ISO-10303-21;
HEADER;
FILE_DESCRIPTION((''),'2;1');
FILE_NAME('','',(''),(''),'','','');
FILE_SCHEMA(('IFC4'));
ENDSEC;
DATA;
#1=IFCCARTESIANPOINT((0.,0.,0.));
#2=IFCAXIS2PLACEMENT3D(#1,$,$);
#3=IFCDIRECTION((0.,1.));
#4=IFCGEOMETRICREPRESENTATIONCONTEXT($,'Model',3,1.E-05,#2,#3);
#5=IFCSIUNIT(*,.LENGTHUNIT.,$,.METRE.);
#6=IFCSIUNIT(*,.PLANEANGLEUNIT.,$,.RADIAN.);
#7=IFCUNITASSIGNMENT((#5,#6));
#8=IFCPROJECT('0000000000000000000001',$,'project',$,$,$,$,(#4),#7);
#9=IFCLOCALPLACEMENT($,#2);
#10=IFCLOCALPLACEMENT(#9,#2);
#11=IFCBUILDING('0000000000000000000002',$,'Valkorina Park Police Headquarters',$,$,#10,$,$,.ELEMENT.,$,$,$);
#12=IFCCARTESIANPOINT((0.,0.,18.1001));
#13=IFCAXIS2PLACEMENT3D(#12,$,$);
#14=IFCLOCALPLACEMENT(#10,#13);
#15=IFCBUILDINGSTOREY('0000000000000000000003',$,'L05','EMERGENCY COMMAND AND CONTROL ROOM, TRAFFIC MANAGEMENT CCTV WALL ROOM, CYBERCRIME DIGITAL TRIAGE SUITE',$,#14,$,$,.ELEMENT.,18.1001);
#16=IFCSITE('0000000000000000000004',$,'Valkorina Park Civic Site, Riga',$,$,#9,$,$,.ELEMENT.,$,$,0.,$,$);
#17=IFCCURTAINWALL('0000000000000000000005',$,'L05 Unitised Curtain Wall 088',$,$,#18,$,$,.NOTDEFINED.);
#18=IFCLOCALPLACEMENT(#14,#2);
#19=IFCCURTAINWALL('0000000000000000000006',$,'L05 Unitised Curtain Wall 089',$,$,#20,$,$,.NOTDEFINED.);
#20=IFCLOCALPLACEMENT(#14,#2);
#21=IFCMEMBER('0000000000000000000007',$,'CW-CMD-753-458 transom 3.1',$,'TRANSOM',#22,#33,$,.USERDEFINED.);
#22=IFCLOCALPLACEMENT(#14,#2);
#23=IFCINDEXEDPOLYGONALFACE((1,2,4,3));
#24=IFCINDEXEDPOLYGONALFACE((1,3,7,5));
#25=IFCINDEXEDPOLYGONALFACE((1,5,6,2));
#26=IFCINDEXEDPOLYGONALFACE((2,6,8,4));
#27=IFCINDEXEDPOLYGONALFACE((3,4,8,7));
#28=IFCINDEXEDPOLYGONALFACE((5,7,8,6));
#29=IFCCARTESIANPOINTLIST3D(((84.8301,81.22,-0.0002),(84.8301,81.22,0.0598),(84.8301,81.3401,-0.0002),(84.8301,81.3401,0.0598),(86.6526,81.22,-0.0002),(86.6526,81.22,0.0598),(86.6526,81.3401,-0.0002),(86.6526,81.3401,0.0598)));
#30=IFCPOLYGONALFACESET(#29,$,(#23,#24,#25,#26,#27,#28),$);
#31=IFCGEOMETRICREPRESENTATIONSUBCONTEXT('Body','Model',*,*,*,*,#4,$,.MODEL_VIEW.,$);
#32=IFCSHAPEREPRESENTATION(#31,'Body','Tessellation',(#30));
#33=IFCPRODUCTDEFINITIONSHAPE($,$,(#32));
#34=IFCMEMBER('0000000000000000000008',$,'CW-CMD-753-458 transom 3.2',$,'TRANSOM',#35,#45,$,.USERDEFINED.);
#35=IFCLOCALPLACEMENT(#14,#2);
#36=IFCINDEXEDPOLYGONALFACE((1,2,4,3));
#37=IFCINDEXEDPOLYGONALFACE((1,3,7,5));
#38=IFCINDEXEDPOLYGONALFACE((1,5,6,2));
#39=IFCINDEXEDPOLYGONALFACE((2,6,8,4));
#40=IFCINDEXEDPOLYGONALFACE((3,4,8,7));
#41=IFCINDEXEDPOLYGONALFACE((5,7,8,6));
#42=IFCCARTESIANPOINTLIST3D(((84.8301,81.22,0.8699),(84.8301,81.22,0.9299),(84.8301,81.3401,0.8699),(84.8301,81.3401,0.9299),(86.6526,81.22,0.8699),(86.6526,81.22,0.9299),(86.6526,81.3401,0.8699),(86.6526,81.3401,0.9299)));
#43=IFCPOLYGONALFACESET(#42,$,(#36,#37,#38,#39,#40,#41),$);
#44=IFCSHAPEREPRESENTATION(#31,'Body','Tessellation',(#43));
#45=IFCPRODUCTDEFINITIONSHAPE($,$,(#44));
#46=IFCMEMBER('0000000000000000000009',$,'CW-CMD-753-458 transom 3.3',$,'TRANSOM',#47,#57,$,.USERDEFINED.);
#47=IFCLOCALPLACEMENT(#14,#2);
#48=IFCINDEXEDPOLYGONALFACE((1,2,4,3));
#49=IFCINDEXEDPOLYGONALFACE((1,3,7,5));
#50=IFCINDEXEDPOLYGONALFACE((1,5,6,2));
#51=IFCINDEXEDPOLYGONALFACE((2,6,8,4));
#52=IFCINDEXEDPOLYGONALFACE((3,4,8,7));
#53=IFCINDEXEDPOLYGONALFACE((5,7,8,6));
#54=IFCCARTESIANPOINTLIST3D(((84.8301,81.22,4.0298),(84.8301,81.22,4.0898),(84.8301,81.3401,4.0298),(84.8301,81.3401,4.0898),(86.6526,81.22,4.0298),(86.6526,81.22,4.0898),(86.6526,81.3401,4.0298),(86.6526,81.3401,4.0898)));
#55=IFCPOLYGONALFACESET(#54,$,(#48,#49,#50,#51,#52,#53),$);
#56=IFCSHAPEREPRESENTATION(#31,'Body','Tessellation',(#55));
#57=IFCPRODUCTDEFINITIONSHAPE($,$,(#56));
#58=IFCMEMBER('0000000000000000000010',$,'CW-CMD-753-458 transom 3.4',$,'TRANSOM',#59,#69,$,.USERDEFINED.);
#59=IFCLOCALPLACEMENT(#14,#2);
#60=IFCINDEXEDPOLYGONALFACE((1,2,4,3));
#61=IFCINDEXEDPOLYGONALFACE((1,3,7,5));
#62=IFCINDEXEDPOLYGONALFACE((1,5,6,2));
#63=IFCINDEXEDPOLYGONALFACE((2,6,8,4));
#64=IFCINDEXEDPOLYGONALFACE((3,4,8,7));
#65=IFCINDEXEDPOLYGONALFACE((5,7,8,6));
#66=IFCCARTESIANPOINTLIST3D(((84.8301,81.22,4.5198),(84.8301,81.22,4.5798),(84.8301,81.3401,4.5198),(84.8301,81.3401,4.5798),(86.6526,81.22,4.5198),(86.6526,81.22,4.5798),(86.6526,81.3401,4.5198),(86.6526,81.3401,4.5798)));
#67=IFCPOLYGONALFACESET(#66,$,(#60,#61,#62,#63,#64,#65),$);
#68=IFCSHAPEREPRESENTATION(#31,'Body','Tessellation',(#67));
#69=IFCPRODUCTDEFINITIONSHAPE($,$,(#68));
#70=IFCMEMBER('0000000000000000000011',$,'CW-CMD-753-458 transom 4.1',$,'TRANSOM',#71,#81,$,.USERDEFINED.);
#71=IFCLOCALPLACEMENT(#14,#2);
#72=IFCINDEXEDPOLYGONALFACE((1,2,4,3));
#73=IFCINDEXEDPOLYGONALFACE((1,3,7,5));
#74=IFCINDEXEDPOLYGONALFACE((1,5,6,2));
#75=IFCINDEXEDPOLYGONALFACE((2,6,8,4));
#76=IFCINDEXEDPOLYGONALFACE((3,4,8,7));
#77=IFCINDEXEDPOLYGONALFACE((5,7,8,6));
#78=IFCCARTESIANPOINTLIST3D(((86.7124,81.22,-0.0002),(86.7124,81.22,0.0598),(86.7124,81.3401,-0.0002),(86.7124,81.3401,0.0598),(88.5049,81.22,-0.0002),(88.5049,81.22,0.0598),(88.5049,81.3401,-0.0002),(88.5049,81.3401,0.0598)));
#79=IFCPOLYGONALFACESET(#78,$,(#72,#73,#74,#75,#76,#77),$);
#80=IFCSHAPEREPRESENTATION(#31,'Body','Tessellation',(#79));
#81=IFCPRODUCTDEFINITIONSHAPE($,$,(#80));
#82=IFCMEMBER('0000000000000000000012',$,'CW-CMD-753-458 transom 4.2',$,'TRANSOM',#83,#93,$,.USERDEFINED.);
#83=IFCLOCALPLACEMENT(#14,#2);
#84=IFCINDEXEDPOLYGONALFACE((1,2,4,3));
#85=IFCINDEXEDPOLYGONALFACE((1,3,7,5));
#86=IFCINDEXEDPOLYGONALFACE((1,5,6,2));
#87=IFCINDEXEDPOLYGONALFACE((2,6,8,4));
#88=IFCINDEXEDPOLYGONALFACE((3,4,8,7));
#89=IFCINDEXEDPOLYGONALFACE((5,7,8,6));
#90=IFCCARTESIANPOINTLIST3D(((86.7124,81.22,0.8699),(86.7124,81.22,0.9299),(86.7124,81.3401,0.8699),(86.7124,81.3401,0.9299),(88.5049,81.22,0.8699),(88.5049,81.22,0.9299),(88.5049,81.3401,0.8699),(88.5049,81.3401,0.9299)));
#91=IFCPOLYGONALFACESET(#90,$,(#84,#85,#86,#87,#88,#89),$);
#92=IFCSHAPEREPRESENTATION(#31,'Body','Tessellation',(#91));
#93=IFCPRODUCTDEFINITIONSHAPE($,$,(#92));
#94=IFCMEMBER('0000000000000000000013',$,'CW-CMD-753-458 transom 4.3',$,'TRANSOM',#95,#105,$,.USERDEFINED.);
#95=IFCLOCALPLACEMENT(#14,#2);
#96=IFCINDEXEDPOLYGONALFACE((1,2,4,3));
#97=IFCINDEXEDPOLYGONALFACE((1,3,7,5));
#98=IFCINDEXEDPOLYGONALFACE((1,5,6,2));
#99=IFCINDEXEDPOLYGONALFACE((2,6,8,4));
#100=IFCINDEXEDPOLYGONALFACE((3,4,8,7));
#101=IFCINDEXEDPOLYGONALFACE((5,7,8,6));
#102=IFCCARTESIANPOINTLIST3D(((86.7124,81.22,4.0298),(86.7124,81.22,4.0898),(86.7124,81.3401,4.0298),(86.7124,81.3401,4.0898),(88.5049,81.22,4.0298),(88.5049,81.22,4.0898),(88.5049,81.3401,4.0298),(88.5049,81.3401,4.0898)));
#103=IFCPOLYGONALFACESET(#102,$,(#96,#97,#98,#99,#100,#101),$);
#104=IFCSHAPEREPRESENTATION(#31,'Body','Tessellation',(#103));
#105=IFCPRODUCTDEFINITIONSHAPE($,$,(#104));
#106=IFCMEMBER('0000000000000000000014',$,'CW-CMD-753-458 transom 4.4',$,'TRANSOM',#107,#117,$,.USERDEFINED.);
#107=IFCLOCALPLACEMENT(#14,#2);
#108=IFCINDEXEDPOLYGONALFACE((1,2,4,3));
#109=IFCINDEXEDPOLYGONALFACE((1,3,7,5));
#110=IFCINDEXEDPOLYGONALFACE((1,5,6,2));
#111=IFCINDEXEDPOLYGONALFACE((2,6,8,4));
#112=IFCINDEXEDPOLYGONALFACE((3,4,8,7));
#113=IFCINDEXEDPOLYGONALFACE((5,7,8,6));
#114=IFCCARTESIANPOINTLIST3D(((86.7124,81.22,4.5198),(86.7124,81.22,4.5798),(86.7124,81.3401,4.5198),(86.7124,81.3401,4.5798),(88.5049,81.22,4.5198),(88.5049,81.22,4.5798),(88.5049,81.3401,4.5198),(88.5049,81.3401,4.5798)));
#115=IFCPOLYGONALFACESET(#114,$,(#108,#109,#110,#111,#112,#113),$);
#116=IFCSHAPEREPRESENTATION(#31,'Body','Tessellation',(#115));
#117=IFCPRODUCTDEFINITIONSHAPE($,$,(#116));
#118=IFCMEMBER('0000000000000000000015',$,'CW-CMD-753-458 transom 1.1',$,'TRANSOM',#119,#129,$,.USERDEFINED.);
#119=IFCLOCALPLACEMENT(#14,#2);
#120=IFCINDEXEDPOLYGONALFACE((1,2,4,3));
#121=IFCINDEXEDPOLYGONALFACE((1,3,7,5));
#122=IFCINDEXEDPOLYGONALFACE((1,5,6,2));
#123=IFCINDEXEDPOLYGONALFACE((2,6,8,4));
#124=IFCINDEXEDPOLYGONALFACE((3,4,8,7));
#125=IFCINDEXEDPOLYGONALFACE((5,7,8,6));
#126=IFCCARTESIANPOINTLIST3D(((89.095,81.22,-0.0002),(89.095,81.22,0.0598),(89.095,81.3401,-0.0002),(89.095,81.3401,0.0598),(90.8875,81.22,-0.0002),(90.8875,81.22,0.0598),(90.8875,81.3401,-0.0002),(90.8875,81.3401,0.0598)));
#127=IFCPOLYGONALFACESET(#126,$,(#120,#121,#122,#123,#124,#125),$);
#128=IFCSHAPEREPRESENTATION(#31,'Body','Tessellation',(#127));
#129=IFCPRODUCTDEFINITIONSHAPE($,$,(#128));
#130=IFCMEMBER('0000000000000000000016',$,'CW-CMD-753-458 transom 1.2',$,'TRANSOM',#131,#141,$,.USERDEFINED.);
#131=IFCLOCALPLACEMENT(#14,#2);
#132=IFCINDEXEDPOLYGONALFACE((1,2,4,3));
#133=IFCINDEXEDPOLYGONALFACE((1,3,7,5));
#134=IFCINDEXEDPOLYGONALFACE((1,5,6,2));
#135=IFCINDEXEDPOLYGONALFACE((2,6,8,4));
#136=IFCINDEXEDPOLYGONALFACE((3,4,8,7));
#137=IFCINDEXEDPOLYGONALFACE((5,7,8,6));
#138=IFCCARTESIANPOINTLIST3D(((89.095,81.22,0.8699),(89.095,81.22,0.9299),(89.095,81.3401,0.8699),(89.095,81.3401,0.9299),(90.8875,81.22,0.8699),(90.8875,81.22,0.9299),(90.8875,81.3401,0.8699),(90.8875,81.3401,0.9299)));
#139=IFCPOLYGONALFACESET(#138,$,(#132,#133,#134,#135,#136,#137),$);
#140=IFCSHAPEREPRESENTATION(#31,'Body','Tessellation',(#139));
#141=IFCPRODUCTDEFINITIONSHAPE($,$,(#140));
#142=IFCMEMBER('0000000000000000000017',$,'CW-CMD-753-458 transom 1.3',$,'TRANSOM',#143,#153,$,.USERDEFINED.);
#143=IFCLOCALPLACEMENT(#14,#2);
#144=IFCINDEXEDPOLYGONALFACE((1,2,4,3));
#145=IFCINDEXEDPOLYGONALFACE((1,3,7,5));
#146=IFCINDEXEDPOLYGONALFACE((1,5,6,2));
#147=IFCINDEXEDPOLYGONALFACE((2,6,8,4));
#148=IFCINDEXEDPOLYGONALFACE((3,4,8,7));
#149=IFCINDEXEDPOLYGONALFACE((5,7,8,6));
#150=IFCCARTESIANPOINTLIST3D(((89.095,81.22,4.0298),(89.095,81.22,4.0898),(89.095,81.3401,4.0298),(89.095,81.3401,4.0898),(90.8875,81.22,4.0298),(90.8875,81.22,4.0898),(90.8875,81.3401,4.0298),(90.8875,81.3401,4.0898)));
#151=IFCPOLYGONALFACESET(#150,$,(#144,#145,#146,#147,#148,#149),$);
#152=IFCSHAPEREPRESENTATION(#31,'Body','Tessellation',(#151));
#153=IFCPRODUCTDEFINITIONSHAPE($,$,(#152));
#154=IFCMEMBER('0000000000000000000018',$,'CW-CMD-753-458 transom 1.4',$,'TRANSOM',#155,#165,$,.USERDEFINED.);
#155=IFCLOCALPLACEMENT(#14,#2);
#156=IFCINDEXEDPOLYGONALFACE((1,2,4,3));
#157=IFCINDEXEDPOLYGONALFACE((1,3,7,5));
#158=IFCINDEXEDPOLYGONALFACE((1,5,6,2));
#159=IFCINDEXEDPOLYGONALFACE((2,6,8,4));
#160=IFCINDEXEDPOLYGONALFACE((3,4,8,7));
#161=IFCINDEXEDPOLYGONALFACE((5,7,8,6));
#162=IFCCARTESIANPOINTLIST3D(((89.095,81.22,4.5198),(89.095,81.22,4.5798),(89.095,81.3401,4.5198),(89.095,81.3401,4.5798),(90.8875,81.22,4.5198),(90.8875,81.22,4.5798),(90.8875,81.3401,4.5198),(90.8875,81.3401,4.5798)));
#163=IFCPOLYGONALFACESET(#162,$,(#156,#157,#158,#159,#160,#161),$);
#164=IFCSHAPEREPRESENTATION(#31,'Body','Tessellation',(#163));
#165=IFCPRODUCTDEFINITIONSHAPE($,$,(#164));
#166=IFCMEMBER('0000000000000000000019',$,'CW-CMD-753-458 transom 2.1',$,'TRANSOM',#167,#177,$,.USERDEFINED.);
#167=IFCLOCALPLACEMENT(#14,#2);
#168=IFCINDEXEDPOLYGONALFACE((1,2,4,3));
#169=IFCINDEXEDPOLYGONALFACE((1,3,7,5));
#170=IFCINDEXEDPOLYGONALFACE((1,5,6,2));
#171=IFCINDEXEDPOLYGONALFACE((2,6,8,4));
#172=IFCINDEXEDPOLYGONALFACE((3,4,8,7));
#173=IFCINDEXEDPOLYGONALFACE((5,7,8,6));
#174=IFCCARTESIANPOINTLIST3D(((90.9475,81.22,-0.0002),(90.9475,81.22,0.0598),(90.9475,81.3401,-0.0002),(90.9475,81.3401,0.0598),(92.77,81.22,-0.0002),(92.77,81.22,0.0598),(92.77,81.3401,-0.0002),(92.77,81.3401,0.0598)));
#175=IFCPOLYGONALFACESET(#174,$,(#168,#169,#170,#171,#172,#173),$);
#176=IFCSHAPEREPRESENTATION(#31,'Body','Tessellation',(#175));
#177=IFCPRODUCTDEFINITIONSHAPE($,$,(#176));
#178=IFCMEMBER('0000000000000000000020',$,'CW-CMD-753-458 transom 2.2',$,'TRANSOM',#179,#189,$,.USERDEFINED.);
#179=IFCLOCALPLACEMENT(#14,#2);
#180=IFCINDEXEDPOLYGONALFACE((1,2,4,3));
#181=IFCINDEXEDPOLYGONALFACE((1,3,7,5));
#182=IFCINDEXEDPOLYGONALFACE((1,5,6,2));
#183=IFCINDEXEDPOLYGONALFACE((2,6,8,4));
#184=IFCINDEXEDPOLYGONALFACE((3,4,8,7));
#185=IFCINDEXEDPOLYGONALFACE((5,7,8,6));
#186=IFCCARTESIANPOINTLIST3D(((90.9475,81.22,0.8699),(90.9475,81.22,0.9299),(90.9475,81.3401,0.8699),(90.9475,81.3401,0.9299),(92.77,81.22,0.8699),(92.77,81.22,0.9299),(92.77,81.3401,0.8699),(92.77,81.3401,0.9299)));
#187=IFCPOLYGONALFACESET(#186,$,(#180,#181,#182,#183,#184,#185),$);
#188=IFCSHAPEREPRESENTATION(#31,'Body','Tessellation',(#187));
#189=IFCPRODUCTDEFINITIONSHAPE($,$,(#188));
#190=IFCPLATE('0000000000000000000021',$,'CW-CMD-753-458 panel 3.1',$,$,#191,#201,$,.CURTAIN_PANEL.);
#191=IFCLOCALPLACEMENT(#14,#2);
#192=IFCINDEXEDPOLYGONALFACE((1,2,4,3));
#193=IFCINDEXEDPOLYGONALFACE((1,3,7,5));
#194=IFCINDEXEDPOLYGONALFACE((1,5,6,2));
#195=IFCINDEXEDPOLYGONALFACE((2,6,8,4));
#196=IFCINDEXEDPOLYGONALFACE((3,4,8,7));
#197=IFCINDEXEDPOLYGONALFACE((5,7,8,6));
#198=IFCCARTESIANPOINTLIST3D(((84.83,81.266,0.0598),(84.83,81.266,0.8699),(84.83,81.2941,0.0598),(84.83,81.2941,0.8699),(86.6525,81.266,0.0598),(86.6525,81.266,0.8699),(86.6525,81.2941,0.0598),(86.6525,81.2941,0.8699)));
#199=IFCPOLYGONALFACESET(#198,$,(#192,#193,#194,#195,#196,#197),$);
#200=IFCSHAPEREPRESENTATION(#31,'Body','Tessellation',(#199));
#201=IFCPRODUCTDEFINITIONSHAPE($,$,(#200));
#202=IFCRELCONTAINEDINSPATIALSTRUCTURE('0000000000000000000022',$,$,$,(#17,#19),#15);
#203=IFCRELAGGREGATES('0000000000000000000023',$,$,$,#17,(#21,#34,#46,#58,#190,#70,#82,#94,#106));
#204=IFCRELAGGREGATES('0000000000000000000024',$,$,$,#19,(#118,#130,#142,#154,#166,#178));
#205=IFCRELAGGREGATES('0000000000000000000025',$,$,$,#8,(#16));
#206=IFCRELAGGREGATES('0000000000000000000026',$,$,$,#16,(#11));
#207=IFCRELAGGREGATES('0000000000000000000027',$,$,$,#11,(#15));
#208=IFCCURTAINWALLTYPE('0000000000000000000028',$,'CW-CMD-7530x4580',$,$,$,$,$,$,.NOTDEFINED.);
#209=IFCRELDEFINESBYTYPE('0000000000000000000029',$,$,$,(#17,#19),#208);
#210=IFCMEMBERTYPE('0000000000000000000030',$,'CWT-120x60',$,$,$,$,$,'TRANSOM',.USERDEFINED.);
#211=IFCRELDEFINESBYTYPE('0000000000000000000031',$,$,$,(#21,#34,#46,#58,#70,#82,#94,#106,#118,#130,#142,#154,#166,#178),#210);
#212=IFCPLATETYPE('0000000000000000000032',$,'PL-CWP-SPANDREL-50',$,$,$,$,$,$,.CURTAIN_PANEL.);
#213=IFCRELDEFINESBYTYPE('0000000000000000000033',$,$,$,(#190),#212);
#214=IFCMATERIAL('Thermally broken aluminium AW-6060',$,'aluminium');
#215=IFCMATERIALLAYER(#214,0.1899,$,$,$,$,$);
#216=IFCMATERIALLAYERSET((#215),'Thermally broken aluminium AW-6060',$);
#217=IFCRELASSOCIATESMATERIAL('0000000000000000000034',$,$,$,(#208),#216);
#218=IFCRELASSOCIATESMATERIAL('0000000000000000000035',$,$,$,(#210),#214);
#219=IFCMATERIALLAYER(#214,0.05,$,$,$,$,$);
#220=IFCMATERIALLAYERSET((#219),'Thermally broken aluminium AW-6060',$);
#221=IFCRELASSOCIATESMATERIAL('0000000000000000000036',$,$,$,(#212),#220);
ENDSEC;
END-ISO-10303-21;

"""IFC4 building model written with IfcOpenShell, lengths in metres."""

from ifc_helpers import new_model, si_unit, direction, frame, origin, origin_2d, place, context, subcontext, project, spatial, rectangle, extrude, material, layer, layer_set, material_profile, profile_set, type_object, element, aggregate, save


model = new_model("IFC4")

# Units and contexts
model_context = context("Model", 3, precision=1e-05, world=origin(), true_north=direction((0.0, 1.0)))
body_context = subcontext(model_context, "Body", "Model", "MODEL_VIEW")
ifc_project = project(units=[si_unit("LENGTHUNIT", "METRE"), si_unit("PLANEANGLEUNIT", "RADIAN")], contexts=[model_context])

# Site, building, storey
site_placement = place(None, origin())
site = spatial("IfcSite", under=ifc_project, at=site_placement, Name="Valkorina Park Civic Site, Riga", CompositionType="ELEMENT", RefElevation=0.0)
building_placement = place(site_placement, origin())
building = spatial("IfcBuilding", under=site, at=building_placement, Name="Valkorina Park Police Headquarters", CompositionType="ELEMENT")
storey_placement = place(building_placement, frame((0.0, 0.0, 18.1001)))
storey = spatial("IfcBuildingStorey", under=building, at=storey_placement, Name="L05", Description="EMERGENCY COMMAND AND CONTROL ROOM, TRAFFIC MANAGEMENT CCTV WALL ROOM, CYBERCRIME DIGITAL TRIAGE SUITE", CompositionType="ELEMENT", Elevation=18.1001)

# Curtain walls
ifc_material_1 = material(Name="Thermally broken aluminium AW-6060", Category="aluminium")
ifc_layer_1 = layer(ifc_material_1, 0.1899)
ifc_layer_set_1 = layer_set([ifc_layer_1], Name="Thermally broken aluminium AW-6060")
curtain_wall_type = type_object("IfcCurtainWallType", Name="CW-CMD-7530x4580", PredefinedType="NOTDEFINED", material=ifc_layer_set_1)
curtain_wall_1_placement = place(storey_placement, origin())
curtain_wall_1 = element("IfcCurtainWall", 1, at=curtain_wall_1_placement, inside=storey, type_object=curtain_wall_type, Name="L05 Unitised Curtain Wall 088", PredefinedType="NOTDEFINED")
curtain_wall_2_placement = place(storey_placement, origin())
curtain_wall_2 = element("IfcCurtainWall", 2, at=curtain_wall_2_placement, inside=storey, type_object=curtain_wall_type, Name="L05 Unitised Curtain Wall 089", PredefinedType="NOTDEFINED")

# Members
ifc_material_profile_1 = material_profile(ifc_material_1, rectangle(XDim=0.1201, YDim=0.0601, at=origin_2d()), Name="CWT-01 120x60")
ifc_profile_set_1 = profile_set([ifc_material_profile_1], Name="Thermally broken aluminium AW-6060")
member_type_1 = type_object("IfcMemberType", Name="CWT-120x60", ElementType="TRANSOM", PredefinedType="USERDEFINED", material=ifc_profile_set_1)
member_1_placement = place(storey_placement, frame((84.8301, 81.28, 0.0298), z_axis=(1.0, 0.0, 0.0), x_axis=(0.0, 1.0, 0.0)))
member_1 = element("IfcMember", 3, at=member_1_placement, type_object=member_type_1, Name="CW-CMD-753-458 transom 3.1", ObjectType="TRANSOM", PredefinedType="USERDEFINED", context=body_context, shape_type="SweptSolid", body=[
    extrude(rectangle(XDim=0.1201, YDim=0.0601, at=origin_2d()), origin(), (0.0, 0.0, 1.0), 1.8225),
])
member_2_placement = place(storey_placement, frame((84.8301, 81.28, 0.8999), z_axis=(1.0, 0.0, 0.0), x_axis=(0.0, 1.0, 0.0)))
member_2 = element("IfcMember", 4, at=member_2_placement, type_object=member_type_1, Name="CW-CMD-753-458 transom 3.2", ObjectType="TRANSOM", PredefinedType="USERDEFINED", context=body_context, shape_type="SweptSolid", body=[
    extrude(rectangle(XDim=0.1201, YDim=0.0601, at=origin_2d()), origin(), (0.0, 0.0, 1.0), 1.8225),
])
member_3_placement = place(storey_placement, frame((84.8301, 81.28, 4.0598), z_axis=(1.0, 0.0, 0.0), x_axis=(0.0, 1.0, 0.0)))
member_3 = element("IfcMember", 5, at=member_3_placement, type_object=member_type_1, Name="CW-CMD-753-458 transom 3.3", ObjectType="TRANSOM", PredefinedType="USERDEFINED", context=body_context, shape_type="SweptSolid", body=[
    extrude(rectangle(XDim=0.1201, YDim=0.0601, at=origin_2d()), origin(), (0.0, 0.0, 1.0), 1.8225),
])
member_4_placement = place(storey_placement, frame((84.8301, 81.28, 4.5498), z_axis=(1.0, 0.0, 0.0), x_axis=(0.0, 1.0, 0.0)))
member_4 = element("IfcMember", 6, at=member_4_placement, type_object=member_type_1, Name="CW-CMD-753-458 transom 3.4", ObjectType="TRANSOM", PredefinedType="USERDEFINED", context=body_context, shape_type="SweptSolid", body=[
    extrude(rectangle(XDim=0.1201, YDim=0.0601, at=origin_2d()), origin(), (0.0, 0.0, 1.0), 1.8225),
])
member_5_placement = place(storey_placement, frame((86.7124, 81.28, 0.0298), z_axis=(1.0, 0.0, 0.0), x_axis=(0.0, 1.0, 0.0)))
member_5 = element("IfcMember", 7, at=member_5_placement, type_object=member_type_1, Name="CW-CMD-753-458 transom 4.1", ObjectType="TRANSOM", PredefinedType="USERDEFINED", context=body_context, shape_type="SweptSolid", body=[
    extrude(rectangle(XDim=0.1201, YDim=0.0601, at=origin_2d()), origin(), (0.0, 0.0, 1.0), 1.7925),
])
member_6_placement = place(storey_placement, frame((86.7124, 81.28, 0.8999), z_axis=(1.0, 0.0, 0.0), x_axis=(0.0, 1.0, 0.0)))
member_6 = element("IfcMember", 8, at=member_6_placement, type_object=member_type_1, Name="CW-CMD-753-458 transom 4.2", ObjectType="TRANSOM", PredefinedType="USERDEFINED", context=body_context, shape_type="SweptSolid", body=[
    extrude(rectangle(XDim=0.1201, YDim=0.0601, at=origin_2d()), origin(), (0.0, 0.0, 1.0), 1.7925),
])
member_7_placement = place(storey_placement, frame((86.7124, 81.28, 4.0598), z_axis=(1.0, 0.0, 0.0), x_axis=(0.0, 1.0, 0.0)))
member_7 = element("IfcMember", 9, at=member_7_placement, type_object=member_type_1, Name="CW-CMD-753-458 transom 4.3", ObjectType="TRANSOM", PredefinedType="USERDEFINED", context=body_context, shape_type="SweptSolid", body=[
    extrude(rectangle(XDim=0.1201, YDim=0.0601, at=origin_2d()), origin(), (0.0, 0.0, 1.0), 1.7925),
])
member_8_placement = place(storey_placement, frame((86.7124, 81.28, 4.5498), z_axis=(1.0, 0.0, 0.0), x_axis=(0.0, 1.0, 0.0)))
member_8 = element("IfcMember", 10, at=member_8_placement, type_object=member_type_1, Name="CW-CMD-753-458 transom 4.4", ObjectType="TRANSOM", PredefinedType="USERDEFINED", context=body_context, shape_type="SweptSolid", body=[
    extrude(rectangle(XDim=0.1201, YDim=0.0601, at=origin_2d()), origin(), (0.0, 0.0, 1.0), 1.7925),
])
member_9_placement = place(storey_placement, frame((89.095, 81.28, 0.0298), z_axis=(1.0, 0.0, 0.0), x_axis=(0.0, 1.0, 0.0)))
member_9 = element("IfcMember", 11, at=member_9_placement, type_object=member_type_1, Name="CW-CMD-753-458 transom 1.1", ObjectType="TRANSOM", PredefinedType="USERDEFINED", context=body_context, shape_type="SweptSolid", body=[
    extrude(rectangle(XDim=0.1201, YDim=0.0601, at=origin_2d()), origin(), (0.0, 0.0, 1.0), 1.7925),
])
member_10_placement = place(storey_placement, frame((89.095, 81.28, 0.8999), z_axis=(1.0, 0.0, 0.0), x_axis=(0.0, 1.0, 0.0)))
member_10 = element("IfcMember", 12, at=member_10_placement, type_object=member_type_1, Name="CW-CMD-753-458 transom 1.2", ObjectType="TRANSOM", PredefinedType="USERDEFINED", context=body_context, shape_type="SweptSolid", body=[
    extrude(rectangle(XDim=0.1201, YDim=0.0601, at=origin_2d()), origin(), (0.0, 0.0, 1.0), 1.7925),
])
member_11_placement = place(storey_placement, frame((89.095, 81.28, 4.0598), z_axis=(1.0, 0.0, 0.0), x_axis=(0.0, 1.0, 0.0)))
member_11 = element("IfcMember", 13, at=member_11_placement, type_object=member_type_1, Name="CW-CMD-753-458 transom 1.3", ObjectType="TRANSOM", PredefinedType="USERDEFINED", context=body_context, shape_type="SweptSolid", body=[
    extrude(rectangle(XDim=0.1201, YDim=0.0601, at=origin_2d()), origin(), (0.0, 0.0, 1.0), 1.7925),
])
member_12_placement = place(storey_placement, frame((89.095, 81.28, 4.5498), z_axis=(1.0, 0.0, 0.0), x_axis=(0.0, 1.0, 0.0)))
member_12 = element("IfcMember", 14, at=member_12_placement, type_object=member_type_1, Name="CW-CMD-753-458 transom 1.4", ObjectType="TRANSOM", PredefinedType="USERDEFINED", context=body_context, shape_type="SweptSolid", body=[
    extrude(rectangle(XDim=0.1201, YDim=0.0601, at=origin_2d()), origin(), (0.0, 0.0, 1.0), 1.7925),
])
member_13_placement = place(storey_placement, frame((90.9475, 81.28, 0.0298), z_axis=(1.0, 0.0, 0.0), x_axis=(0.0, 1.0, 0.0)))
member_13 = element("IfcMember", 15, at=member_13_placement, type_object=member_type_1, Name="CW-CMD-753-458 transom 2.1", ObjectType="TRANSOM", PredefinedType="USERDEFINED", context=body_context, shape_type="SweptSolid", body=[
    extrude(rectangle(XDim=0.1201, YDim=0.0601, at=origin_2d()), origin(), (0.0, 0.0, 1.0), 1.8225),
])
member_14_placement = place(storey_placement, frame((90.9475, 81.28, 0.8999), z_axis=(1.0, 0.0, 0.0), x_axis=(0.0, 1.0, 0.0)))
member_14 = element("IfcMember", 16, at=member_14_placement, type_object=member_type_1, Name="CW-CMD-753-458 transom 2.2", ObjectType="TRANSOM", PredefinedType="USERDEFINED", context=body_context, shape_type="SweptSolid", body=[
    extrude(rectangle(XDim=0.1201, YDim=0.0601, at=origin_2d()), origin(), (0.0, 0.0, 1.0), 1.8225),
])

# Plate
ifc_layer_2 = layer(ifc_material_1, 0.05)
ifc_layer_set_2 = layer_set([ifc_layer_2], Name="Thermally broken aluminium AW-6060")
plate_type_1 = type_object("IfcPlateType", Name="PL-CWP-SPANDREL-50", PredefinedType="CURTAIN_PANEL", material=ifc_layer_set_2)
plate_1_placement = place(storey_placement, frame((85.7412, 81.28, 0.0598), z_axis=(0.0, 0.0, 1.0), x_axis=(1.0, 0.0, 0.0)))
plate_1 = element("IfcPlate", 17, at=plate_1_placement, type_object=plate_type_1, Name="CW-CMD-753-458 panel 3.1", PredefinedType="CURTAIN_PANEL", context=body_context, shape_type="SweptSolid", body=[
    extrude(rectangle(XDim=1.8225, YDim=0.0281, at=origin_2d()), origin(), (0.0, 0.0, 1.0), 0.8101),
])
aggregate(curtain_wall_1, [member_1, member_2, member_3, member_4, plate_1, member_5, member_6, member_7, member_8])
aggregate(curtain_wall_2, [member_9, member_10, member_11, member_12, member_13, member_14])

save(model, "model.ifc")
